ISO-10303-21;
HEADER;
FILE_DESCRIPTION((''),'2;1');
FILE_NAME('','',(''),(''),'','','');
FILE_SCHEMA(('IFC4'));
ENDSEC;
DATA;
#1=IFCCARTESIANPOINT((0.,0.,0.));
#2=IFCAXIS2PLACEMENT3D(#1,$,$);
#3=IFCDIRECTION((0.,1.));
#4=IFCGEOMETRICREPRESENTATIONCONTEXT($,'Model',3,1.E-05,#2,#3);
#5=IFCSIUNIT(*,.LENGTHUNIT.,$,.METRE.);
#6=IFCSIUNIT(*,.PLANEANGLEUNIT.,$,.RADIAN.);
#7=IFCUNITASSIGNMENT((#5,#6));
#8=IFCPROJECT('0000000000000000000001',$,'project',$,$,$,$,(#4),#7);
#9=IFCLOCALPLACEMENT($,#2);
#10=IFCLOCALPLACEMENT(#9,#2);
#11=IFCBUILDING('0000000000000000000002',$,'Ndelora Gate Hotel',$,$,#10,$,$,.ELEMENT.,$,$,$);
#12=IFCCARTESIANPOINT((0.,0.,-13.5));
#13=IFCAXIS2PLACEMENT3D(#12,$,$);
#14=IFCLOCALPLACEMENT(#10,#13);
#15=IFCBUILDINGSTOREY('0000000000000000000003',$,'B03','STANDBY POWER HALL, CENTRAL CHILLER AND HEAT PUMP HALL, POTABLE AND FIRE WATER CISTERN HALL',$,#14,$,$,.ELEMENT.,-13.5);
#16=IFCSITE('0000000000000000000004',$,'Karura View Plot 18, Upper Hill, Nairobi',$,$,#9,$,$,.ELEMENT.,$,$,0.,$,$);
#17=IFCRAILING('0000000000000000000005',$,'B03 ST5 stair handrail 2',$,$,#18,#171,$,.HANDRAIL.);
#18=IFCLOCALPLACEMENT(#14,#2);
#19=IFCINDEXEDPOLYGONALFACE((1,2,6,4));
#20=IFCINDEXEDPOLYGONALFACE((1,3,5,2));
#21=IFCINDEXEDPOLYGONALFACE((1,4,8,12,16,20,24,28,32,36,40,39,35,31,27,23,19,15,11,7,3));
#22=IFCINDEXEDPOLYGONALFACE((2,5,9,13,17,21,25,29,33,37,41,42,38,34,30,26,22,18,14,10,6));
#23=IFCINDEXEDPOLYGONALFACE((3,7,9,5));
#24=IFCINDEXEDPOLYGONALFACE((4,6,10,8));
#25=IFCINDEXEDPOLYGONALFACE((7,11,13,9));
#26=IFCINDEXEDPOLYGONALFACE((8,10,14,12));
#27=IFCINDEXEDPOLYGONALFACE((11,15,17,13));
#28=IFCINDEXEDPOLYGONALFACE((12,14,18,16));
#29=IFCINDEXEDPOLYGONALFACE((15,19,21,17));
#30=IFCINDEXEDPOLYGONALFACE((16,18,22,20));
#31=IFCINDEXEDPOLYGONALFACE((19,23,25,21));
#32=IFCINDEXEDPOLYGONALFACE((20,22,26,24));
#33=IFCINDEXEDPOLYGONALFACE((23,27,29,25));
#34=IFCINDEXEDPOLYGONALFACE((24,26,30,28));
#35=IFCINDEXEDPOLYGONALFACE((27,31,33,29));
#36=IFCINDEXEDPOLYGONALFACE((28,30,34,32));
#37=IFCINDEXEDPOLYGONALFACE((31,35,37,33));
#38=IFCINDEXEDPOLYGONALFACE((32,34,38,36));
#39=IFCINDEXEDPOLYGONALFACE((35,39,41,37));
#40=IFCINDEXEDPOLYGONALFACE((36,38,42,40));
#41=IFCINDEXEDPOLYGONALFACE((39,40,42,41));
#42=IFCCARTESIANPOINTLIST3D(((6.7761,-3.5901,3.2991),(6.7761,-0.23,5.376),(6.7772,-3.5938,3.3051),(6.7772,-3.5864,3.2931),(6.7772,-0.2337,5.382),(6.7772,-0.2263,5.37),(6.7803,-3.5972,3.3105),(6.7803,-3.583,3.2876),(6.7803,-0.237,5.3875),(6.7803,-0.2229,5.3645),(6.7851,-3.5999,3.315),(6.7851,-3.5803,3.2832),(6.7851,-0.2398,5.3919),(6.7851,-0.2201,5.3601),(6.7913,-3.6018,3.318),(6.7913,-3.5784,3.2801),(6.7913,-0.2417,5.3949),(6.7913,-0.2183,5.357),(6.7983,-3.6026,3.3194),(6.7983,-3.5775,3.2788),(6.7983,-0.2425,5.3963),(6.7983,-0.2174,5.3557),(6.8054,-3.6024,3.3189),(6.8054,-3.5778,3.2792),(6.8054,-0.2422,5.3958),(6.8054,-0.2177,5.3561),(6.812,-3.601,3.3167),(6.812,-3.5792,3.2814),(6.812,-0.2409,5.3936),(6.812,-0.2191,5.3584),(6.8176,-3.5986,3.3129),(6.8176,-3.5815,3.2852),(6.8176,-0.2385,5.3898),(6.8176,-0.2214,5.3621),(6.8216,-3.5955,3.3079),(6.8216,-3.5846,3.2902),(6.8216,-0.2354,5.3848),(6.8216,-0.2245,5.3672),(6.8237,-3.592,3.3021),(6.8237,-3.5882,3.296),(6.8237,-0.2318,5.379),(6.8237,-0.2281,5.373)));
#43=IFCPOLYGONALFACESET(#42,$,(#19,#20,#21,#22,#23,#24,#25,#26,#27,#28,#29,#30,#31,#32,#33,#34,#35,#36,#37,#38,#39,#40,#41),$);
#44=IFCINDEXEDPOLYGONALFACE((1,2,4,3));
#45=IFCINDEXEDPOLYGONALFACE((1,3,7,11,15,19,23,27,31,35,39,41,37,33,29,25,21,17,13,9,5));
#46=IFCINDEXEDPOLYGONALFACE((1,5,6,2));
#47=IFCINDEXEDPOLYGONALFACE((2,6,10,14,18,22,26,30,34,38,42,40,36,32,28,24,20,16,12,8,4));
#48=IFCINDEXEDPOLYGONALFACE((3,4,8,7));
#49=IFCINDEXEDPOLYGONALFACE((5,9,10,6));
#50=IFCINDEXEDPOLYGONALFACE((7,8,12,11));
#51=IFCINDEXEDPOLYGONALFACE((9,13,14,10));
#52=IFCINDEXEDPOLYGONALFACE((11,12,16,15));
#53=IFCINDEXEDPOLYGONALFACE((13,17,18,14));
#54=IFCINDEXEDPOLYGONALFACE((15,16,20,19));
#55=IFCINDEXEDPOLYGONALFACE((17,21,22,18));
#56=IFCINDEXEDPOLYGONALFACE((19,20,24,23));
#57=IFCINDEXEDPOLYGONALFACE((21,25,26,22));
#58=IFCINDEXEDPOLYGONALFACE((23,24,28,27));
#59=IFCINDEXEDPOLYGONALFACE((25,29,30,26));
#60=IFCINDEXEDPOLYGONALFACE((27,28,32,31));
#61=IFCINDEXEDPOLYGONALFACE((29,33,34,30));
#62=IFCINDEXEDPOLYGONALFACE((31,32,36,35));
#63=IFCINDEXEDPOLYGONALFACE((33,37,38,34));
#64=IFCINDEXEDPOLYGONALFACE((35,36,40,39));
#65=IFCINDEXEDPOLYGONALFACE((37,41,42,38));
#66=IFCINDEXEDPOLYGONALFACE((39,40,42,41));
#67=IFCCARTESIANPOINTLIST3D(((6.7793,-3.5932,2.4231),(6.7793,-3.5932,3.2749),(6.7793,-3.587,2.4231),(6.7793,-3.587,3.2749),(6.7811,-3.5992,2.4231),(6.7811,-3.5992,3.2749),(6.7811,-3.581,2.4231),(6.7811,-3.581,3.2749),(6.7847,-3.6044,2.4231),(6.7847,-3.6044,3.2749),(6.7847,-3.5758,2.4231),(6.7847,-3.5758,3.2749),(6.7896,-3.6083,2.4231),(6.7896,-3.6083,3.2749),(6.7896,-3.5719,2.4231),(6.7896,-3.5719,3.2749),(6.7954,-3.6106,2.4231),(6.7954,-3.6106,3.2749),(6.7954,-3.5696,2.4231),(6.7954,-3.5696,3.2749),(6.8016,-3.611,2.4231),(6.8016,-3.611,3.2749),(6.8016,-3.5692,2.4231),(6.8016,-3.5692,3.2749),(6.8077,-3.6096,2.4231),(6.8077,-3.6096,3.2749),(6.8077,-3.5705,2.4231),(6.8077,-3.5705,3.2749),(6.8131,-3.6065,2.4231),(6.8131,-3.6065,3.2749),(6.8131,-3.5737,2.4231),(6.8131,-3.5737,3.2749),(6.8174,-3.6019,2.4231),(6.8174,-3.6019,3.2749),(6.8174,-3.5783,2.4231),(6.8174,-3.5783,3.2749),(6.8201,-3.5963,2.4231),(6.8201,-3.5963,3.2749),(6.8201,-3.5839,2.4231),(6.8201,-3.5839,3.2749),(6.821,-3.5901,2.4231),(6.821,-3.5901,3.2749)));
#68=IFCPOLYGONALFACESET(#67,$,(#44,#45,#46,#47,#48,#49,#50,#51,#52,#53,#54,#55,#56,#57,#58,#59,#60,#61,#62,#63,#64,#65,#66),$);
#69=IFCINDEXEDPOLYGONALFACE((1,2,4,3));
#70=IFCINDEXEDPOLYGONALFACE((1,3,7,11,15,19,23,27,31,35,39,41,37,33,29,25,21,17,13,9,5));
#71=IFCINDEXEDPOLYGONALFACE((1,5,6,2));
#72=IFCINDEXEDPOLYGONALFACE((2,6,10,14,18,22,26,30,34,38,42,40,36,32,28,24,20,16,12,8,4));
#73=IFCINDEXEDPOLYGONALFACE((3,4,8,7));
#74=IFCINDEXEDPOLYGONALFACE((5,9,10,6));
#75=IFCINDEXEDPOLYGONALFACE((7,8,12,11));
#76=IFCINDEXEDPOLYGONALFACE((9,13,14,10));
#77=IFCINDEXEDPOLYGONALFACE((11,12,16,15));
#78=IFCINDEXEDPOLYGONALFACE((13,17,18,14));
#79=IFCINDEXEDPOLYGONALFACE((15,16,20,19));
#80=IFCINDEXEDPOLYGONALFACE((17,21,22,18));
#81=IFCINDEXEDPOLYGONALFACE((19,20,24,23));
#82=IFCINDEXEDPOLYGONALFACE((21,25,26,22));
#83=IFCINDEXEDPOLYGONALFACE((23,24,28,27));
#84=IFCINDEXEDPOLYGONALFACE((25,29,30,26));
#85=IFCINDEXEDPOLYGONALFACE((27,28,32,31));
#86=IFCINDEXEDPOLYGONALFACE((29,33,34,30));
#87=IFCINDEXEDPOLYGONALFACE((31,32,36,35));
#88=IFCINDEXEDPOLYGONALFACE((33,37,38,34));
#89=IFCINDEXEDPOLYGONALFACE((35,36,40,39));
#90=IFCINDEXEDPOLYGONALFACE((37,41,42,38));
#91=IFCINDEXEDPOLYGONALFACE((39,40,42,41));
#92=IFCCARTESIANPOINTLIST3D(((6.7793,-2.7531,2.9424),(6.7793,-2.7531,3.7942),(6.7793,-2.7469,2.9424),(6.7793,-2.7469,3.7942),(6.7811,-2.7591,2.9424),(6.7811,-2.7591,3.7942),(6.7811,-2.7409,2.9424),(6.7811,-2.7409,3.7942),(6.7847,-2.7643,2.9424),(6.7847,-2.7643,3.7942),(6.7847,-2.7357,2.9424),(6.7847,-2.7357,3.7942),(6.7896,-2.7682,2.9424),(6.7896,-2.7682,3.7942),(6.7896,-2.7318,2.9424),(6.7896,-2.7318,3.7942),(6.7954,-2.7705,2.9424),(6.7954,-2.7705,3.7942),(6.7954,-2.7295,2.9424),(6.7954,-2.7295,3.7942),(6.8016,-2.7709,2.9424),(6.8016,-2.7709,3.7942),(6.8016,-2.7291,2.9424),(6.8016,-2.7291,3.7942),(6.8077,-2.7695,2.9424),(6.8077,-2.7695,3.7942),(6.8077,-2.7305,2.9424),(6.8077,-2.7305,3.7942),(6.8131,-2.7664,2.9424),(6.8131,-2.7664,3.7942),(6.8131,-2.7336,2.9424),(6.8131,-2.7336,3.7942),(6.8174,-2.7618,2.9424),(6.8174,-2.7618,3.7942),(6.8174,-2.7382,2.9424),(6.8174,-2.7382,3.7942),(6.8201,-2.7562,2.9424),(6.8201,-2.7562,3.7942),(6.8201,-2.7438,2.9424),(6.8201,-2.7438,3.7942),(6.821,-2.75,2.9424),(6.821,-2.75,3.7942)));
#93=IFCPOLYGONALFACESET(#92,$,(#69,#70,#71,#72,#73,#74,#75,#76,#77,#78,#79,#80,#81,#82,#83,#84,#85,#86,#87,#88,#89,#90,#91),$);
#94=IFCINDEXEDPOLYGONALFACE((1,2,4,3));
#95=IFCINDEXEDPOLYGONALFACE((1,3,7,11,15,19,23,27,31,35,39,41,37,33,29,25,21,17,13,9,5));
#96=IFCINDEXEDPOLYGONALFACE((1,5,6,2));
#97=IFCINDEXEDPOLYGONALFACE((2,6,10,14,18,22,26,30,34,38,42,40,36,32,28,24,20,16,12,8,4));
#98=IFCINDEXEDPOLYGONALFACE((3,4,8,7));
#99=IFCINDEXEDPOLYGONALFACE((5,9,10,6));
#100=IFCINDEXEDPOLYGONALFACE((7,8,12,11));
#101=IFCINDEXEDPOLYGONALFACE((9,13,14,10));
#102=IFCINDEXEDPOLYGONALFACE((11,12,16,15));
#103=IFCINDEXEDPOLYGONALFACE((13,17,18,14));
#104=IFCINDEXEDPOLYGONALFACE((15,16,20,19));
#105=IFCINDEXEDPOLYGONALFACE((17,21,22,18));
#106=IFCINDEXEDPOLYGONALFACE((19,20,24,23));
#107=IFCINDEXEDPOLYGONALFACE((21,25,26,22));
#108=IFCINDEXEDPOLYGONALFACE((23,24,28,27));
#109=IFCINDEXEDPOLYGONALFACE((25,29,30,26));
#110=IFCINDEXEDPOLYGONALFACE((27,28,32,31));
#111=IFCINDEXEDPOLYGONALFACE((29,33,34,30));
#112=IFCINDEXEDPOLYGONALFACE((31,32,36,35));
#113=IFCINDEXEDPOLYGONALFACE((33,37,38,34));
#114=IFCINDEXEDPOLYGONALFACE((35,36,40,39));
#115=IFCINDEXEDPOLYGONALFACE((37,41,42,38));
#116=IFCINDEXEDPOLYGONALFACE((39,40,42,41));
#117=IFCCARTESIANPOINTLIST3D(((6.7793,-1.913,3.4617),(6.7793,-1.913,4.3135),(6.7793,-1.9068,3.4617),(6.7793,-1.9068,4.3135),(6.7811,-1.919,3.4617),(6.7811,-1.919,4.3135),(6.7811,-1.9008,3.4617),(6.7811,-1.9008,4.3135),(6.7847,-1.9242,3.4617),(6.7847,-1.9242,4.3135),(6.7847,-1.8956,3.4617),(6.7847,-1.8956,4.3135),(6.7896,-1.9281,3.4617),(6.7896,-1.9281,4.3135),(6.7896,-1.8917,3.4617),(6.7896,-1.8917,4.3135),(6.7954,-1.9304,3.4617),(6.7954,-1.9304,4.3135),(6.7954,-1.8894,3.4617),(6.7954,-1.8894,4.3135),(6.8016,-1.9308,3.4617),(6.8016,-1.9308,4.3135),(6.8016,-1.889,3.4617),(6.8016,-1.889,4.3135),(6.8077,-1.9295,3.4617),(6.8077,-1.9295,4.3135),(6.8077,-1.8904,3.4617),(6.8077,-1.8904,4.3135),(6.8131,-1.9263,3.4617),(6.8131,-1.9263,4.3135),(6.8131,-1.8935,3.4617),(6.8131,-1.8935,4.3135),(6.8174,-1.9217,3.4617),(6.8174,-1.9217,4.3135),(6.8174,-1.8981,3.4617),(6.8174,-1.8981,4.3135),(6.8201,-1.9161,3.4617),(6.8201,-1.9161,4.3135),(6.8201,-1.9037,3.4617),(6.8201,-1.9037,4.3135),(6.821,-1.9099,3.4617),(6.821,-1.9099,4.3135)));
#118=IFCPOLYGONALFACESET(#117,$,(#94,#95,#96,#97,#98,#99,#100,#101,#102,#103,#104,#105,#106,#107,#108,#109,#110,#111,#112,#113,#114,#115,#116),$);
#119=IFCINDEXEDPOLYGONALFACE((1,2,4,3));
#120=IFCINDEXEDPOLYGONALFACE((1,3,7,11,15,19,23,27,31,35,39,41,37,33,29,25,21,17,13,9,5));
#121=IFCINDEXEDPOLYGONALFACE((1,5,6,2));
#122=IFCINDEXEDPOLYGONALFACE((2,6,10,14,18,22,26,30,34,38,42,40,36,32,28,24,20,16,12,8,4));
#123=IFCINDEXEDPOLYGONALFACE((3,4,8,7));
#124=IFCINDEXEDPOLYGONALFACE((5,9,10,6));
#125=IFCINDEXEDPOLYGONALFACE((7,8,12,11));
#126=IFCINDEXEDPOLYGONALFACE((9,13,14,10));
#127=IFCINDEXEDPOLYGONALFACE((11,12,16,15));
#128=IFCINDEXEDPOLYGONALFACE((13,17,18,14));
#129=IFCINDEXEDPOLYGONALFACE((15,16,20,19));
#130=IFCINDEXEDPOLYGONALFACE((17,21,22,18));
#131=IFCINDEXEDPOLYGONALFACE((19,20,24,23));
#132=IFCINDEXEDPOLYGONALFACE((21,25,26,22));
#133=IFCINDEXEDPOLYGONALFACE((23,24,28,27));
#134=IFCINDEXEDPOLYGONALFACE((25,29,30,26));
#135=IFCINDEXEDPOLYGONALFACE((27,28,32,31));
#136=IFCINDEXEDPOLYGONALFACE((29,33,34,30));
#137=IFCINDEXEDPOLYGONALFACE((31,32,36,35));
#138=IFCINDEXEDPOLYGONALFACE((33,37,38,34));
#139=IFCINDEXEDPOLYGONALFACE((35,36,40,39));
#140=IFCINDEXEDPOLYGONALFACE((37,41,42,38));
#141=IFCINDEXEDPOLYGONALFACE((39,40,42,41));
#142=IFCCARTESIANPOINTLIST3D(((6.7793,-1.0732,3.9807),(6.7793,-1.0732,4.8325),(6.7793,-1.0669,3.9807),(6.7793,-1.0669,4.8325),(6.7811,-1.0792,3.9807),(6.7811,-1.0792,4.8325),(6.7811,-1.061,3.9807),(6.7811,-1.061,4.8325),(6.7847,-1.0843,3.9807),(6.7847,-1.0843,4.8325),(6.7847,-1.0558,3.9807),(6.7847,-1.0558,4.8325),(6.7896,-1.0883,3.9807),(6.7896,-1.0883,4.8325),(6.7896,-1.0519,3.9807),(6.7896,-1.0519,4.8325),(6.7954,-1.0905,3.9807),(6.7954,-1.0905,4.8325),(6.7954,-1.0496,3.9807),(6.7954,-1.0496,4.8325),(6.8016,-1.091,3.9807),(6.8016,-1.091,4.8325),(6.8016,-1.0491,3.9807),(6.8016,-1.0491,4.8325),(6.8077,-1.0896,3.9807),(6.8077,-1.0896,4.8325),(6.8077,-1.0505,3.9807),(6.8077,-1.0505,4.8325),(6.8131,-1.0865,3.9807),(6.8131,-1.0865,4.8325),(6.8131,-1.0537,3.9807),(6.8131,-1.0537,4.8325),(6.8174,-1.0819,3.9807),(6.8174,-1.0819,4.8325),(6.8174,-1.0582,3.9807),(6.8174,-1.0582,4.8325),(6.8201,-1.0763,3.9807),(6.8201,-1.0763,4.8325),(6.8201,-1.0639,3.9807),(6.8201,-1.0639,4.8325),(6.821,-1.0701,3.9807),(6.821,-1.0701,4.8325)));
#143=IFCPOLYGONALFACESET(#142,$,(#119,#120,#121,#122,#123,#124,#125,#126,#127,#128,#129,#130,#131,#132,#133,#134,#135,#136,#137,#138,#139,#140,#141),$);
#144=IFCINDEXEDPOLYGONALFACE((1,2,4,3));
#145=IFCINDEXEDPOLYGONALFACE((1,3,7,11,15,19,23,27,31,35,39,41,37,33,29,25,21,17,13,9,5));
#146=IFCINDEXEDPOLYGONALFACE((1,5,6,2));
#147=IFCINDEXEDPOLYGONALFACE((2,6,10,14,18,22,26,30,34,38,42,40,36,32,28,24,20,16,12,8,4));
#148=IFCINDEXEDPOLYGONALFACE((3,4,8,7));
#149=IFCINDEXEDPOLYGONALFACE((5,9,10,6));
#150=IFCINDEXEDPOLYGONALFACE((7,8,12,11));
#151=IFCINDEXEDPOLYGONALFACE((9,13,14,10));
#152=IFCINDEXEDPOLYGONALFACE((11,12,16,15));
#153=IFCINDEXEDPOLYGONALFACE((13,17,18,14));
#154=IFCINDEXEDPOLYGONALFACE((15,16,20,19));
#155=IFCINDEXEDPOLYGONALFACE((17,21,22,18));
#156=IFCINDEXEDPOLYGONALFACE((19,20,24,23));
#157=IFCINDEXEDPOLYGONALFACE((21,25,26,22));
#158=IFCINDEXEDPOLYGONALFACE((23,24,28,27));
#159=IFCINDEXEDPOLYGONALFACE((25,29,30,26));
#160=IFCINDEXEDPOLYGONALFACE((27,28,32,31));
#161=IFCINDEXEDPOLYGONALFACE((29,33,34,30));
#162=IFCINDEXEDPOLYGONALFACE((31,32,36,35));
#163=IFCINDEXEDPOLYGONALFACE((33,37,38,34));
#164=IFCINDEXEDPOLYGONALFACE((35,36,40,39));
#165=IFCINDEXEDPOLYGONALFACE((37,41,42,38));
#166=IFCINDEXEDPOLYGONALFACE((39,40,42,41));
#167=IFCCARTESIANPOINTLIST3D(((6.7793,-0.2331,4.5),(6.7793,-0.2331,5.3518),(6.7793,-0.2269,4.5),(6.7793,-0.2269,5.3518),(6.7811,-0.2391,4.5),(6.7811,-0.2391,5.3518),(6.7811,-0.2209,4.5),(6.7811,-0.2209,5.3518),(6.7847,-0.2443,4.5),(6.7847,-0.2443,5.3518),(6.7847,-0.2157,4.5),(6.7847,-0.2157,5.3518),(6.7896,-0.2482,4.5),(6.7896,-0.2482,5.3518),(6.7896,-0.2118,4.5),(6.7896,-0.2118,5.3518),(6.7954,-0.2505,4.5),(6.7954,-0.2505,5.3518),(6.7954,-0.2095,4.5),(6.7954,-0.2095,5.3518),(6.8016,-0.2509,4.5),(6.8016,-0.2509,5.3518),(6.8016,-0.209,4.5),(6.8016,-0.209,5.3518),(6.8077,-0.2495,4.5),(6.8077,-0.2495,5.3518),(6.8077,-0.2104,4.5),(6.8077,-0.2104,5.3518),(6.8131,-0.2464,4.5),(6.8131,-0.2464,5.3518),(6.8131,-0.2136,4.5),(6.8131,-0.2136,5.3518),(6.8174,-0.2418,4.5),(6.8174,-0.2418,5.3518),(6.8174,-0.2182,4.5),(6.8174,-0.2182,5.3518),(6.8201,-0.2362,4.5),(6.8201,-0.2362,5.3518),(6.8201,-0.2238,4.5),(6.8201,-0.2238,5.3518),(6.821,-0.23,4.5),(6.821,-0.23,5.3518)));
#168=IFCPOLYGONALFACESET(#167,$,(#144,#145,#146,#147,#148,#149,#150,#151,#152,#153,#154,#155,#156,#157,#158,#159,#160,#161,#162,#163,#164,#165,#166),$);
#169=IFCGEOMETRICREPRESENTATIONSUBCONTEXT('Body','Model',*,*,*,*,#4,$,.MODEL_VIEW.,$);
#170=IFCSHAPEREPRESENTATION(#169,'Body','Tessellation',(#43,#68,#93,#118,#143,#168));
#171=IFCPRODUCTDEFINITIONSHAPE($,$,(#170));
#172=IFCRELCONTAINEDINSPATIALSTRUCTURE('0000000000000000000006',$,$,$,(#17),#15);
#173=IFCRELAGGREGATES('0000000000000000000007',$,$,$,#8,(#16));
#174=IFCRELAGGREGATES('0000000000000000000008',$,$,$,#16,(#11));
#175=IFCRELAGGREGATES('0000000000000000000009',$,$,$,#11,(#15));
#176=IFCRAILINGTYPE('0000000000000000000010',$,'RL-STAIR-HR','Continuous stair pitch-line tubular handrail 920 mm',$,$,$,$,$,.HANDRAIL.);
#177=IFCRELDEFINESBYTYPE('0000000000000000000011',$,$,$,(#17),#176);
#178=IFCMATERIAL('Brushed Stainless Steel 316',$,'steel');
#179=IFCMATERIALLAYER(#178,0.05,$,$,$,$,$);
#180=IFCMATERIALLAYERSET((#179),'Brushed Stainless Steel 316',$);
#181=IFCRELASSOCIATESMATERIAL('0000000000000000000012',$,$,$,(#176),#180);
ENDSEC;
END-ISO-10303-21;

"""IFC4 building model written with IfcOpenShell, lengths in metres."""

from ifc_helpers import new_model, si_unit, direction, frame, origin, origin_2d, place, context, subcontext, project, spatial, circle, extrude, material, layer, layer_set, type_object, element, save


model = new_model("IFC4")

# Units and contexts
model_context = context("Model", 3, precision=1e-05, world=origin(), true_north=direction((0.0, 1.0)))
body_context = subcontext(model_context, "Body", "Model", "MODEL_VIEW")
ifc_project = project(units=[si_unit("LENGTHUNIT", "METRE"), si_unit("PLANEANGLEUNIT", "RADIAN")], contexts=[model_context])

# Site, building, storey
site_placement = place(None, origin())
site = spatial("IfcSite", under=ifc_project, at=site_placement, Name="Karura View Plot 18, Upper Hill, Nairobi", CompositionType="ELEMENT", RefElevation=0.0)
building_placement = place(site_placement, origin())
building = spatial("IfcBuilding", under=site, at=building_placement, Name="Ndelora Gate Hotel", CompositionType="ELEMENT")
storey_placement = place(building_placement, frame((0.0, 0.0, -13.5)))
storey = spatial("IfcBuildingStorey", under=building, at=storey_placement, Name="B03", Description="STANDBY POWER HALL, CENTRAL CHILLER AND HEAT PUMP HALL, POTABLE AND FIRE WATER CISTERN HALL", CompositionType="ELEMENT", Elevation=-13.5)

# Railing
ifc_material_1 = material(Name="Brushed Stainless Steel 316", Category="steel")
ifc_layer_1 = layer(ifc_material_1, 0.05)
ifc_layer_set_1 = layer_set([ifc_layer_1], Name="Brushed Stainless Steel 316")
railing_type_1 = type_object("IfcRailingType", Name="RL-STAIR-HR", Description="Continuous stair pitch-line tubular handrail 920 mm", PredefinedType="HANDRAIL", material=ifc_layer_set_1)
railing_1_placement = place(storey_placement, frame((6.8, -3.5901, 2.4231)))
element("IfcRailing", 1, at=railing_1_placement, inside=storey, type_object=railing_type_1, Name="B03 ST5 stair handrail 2", PredefinedType="HANDRAIL", context=body_context, shape_type="SweptSolid", body=[
    extrude(circle(Radius=0.0239, at=origin_2d()), frame((0.0, 0.0, 0.876), z_axis=(0.0, 0.850623, 0.525776), x_axis=(-1.0, 0.0, 0.0)), (0.0, 0.0, 1.0), 3.9502),
    extrude(circle(Radius=0.021, at=origin_2d()), origin(), (0.0, 0.0, 1.0), 0.8518),
    extrude(circle(Radius=0.021, at=origin_2d()), frame((0.0, 0.8401, 0.5193)), (0.0, 0.0, 1.0), 0.8518),
    extrude(circle(Radius=0.021, at=origin_2d()), frame((0.0, 1.6802, 1.0386)), (0.0, 0.0, 1.0), 0.8518),
    extrude(circle(Radius=0.021, at=origin_2d()), frame((0.0, 2.52, 1.5576)), (0.0, 0.0, 1.0), 0.8518),
    extrude(circle(Radius=0.021, at=origin_2d()), frame((0.0, 3.3601, 2.0769)), (0.0, 0.0, 1.0), 0.8518),
])

save(model, "model.ifc")
